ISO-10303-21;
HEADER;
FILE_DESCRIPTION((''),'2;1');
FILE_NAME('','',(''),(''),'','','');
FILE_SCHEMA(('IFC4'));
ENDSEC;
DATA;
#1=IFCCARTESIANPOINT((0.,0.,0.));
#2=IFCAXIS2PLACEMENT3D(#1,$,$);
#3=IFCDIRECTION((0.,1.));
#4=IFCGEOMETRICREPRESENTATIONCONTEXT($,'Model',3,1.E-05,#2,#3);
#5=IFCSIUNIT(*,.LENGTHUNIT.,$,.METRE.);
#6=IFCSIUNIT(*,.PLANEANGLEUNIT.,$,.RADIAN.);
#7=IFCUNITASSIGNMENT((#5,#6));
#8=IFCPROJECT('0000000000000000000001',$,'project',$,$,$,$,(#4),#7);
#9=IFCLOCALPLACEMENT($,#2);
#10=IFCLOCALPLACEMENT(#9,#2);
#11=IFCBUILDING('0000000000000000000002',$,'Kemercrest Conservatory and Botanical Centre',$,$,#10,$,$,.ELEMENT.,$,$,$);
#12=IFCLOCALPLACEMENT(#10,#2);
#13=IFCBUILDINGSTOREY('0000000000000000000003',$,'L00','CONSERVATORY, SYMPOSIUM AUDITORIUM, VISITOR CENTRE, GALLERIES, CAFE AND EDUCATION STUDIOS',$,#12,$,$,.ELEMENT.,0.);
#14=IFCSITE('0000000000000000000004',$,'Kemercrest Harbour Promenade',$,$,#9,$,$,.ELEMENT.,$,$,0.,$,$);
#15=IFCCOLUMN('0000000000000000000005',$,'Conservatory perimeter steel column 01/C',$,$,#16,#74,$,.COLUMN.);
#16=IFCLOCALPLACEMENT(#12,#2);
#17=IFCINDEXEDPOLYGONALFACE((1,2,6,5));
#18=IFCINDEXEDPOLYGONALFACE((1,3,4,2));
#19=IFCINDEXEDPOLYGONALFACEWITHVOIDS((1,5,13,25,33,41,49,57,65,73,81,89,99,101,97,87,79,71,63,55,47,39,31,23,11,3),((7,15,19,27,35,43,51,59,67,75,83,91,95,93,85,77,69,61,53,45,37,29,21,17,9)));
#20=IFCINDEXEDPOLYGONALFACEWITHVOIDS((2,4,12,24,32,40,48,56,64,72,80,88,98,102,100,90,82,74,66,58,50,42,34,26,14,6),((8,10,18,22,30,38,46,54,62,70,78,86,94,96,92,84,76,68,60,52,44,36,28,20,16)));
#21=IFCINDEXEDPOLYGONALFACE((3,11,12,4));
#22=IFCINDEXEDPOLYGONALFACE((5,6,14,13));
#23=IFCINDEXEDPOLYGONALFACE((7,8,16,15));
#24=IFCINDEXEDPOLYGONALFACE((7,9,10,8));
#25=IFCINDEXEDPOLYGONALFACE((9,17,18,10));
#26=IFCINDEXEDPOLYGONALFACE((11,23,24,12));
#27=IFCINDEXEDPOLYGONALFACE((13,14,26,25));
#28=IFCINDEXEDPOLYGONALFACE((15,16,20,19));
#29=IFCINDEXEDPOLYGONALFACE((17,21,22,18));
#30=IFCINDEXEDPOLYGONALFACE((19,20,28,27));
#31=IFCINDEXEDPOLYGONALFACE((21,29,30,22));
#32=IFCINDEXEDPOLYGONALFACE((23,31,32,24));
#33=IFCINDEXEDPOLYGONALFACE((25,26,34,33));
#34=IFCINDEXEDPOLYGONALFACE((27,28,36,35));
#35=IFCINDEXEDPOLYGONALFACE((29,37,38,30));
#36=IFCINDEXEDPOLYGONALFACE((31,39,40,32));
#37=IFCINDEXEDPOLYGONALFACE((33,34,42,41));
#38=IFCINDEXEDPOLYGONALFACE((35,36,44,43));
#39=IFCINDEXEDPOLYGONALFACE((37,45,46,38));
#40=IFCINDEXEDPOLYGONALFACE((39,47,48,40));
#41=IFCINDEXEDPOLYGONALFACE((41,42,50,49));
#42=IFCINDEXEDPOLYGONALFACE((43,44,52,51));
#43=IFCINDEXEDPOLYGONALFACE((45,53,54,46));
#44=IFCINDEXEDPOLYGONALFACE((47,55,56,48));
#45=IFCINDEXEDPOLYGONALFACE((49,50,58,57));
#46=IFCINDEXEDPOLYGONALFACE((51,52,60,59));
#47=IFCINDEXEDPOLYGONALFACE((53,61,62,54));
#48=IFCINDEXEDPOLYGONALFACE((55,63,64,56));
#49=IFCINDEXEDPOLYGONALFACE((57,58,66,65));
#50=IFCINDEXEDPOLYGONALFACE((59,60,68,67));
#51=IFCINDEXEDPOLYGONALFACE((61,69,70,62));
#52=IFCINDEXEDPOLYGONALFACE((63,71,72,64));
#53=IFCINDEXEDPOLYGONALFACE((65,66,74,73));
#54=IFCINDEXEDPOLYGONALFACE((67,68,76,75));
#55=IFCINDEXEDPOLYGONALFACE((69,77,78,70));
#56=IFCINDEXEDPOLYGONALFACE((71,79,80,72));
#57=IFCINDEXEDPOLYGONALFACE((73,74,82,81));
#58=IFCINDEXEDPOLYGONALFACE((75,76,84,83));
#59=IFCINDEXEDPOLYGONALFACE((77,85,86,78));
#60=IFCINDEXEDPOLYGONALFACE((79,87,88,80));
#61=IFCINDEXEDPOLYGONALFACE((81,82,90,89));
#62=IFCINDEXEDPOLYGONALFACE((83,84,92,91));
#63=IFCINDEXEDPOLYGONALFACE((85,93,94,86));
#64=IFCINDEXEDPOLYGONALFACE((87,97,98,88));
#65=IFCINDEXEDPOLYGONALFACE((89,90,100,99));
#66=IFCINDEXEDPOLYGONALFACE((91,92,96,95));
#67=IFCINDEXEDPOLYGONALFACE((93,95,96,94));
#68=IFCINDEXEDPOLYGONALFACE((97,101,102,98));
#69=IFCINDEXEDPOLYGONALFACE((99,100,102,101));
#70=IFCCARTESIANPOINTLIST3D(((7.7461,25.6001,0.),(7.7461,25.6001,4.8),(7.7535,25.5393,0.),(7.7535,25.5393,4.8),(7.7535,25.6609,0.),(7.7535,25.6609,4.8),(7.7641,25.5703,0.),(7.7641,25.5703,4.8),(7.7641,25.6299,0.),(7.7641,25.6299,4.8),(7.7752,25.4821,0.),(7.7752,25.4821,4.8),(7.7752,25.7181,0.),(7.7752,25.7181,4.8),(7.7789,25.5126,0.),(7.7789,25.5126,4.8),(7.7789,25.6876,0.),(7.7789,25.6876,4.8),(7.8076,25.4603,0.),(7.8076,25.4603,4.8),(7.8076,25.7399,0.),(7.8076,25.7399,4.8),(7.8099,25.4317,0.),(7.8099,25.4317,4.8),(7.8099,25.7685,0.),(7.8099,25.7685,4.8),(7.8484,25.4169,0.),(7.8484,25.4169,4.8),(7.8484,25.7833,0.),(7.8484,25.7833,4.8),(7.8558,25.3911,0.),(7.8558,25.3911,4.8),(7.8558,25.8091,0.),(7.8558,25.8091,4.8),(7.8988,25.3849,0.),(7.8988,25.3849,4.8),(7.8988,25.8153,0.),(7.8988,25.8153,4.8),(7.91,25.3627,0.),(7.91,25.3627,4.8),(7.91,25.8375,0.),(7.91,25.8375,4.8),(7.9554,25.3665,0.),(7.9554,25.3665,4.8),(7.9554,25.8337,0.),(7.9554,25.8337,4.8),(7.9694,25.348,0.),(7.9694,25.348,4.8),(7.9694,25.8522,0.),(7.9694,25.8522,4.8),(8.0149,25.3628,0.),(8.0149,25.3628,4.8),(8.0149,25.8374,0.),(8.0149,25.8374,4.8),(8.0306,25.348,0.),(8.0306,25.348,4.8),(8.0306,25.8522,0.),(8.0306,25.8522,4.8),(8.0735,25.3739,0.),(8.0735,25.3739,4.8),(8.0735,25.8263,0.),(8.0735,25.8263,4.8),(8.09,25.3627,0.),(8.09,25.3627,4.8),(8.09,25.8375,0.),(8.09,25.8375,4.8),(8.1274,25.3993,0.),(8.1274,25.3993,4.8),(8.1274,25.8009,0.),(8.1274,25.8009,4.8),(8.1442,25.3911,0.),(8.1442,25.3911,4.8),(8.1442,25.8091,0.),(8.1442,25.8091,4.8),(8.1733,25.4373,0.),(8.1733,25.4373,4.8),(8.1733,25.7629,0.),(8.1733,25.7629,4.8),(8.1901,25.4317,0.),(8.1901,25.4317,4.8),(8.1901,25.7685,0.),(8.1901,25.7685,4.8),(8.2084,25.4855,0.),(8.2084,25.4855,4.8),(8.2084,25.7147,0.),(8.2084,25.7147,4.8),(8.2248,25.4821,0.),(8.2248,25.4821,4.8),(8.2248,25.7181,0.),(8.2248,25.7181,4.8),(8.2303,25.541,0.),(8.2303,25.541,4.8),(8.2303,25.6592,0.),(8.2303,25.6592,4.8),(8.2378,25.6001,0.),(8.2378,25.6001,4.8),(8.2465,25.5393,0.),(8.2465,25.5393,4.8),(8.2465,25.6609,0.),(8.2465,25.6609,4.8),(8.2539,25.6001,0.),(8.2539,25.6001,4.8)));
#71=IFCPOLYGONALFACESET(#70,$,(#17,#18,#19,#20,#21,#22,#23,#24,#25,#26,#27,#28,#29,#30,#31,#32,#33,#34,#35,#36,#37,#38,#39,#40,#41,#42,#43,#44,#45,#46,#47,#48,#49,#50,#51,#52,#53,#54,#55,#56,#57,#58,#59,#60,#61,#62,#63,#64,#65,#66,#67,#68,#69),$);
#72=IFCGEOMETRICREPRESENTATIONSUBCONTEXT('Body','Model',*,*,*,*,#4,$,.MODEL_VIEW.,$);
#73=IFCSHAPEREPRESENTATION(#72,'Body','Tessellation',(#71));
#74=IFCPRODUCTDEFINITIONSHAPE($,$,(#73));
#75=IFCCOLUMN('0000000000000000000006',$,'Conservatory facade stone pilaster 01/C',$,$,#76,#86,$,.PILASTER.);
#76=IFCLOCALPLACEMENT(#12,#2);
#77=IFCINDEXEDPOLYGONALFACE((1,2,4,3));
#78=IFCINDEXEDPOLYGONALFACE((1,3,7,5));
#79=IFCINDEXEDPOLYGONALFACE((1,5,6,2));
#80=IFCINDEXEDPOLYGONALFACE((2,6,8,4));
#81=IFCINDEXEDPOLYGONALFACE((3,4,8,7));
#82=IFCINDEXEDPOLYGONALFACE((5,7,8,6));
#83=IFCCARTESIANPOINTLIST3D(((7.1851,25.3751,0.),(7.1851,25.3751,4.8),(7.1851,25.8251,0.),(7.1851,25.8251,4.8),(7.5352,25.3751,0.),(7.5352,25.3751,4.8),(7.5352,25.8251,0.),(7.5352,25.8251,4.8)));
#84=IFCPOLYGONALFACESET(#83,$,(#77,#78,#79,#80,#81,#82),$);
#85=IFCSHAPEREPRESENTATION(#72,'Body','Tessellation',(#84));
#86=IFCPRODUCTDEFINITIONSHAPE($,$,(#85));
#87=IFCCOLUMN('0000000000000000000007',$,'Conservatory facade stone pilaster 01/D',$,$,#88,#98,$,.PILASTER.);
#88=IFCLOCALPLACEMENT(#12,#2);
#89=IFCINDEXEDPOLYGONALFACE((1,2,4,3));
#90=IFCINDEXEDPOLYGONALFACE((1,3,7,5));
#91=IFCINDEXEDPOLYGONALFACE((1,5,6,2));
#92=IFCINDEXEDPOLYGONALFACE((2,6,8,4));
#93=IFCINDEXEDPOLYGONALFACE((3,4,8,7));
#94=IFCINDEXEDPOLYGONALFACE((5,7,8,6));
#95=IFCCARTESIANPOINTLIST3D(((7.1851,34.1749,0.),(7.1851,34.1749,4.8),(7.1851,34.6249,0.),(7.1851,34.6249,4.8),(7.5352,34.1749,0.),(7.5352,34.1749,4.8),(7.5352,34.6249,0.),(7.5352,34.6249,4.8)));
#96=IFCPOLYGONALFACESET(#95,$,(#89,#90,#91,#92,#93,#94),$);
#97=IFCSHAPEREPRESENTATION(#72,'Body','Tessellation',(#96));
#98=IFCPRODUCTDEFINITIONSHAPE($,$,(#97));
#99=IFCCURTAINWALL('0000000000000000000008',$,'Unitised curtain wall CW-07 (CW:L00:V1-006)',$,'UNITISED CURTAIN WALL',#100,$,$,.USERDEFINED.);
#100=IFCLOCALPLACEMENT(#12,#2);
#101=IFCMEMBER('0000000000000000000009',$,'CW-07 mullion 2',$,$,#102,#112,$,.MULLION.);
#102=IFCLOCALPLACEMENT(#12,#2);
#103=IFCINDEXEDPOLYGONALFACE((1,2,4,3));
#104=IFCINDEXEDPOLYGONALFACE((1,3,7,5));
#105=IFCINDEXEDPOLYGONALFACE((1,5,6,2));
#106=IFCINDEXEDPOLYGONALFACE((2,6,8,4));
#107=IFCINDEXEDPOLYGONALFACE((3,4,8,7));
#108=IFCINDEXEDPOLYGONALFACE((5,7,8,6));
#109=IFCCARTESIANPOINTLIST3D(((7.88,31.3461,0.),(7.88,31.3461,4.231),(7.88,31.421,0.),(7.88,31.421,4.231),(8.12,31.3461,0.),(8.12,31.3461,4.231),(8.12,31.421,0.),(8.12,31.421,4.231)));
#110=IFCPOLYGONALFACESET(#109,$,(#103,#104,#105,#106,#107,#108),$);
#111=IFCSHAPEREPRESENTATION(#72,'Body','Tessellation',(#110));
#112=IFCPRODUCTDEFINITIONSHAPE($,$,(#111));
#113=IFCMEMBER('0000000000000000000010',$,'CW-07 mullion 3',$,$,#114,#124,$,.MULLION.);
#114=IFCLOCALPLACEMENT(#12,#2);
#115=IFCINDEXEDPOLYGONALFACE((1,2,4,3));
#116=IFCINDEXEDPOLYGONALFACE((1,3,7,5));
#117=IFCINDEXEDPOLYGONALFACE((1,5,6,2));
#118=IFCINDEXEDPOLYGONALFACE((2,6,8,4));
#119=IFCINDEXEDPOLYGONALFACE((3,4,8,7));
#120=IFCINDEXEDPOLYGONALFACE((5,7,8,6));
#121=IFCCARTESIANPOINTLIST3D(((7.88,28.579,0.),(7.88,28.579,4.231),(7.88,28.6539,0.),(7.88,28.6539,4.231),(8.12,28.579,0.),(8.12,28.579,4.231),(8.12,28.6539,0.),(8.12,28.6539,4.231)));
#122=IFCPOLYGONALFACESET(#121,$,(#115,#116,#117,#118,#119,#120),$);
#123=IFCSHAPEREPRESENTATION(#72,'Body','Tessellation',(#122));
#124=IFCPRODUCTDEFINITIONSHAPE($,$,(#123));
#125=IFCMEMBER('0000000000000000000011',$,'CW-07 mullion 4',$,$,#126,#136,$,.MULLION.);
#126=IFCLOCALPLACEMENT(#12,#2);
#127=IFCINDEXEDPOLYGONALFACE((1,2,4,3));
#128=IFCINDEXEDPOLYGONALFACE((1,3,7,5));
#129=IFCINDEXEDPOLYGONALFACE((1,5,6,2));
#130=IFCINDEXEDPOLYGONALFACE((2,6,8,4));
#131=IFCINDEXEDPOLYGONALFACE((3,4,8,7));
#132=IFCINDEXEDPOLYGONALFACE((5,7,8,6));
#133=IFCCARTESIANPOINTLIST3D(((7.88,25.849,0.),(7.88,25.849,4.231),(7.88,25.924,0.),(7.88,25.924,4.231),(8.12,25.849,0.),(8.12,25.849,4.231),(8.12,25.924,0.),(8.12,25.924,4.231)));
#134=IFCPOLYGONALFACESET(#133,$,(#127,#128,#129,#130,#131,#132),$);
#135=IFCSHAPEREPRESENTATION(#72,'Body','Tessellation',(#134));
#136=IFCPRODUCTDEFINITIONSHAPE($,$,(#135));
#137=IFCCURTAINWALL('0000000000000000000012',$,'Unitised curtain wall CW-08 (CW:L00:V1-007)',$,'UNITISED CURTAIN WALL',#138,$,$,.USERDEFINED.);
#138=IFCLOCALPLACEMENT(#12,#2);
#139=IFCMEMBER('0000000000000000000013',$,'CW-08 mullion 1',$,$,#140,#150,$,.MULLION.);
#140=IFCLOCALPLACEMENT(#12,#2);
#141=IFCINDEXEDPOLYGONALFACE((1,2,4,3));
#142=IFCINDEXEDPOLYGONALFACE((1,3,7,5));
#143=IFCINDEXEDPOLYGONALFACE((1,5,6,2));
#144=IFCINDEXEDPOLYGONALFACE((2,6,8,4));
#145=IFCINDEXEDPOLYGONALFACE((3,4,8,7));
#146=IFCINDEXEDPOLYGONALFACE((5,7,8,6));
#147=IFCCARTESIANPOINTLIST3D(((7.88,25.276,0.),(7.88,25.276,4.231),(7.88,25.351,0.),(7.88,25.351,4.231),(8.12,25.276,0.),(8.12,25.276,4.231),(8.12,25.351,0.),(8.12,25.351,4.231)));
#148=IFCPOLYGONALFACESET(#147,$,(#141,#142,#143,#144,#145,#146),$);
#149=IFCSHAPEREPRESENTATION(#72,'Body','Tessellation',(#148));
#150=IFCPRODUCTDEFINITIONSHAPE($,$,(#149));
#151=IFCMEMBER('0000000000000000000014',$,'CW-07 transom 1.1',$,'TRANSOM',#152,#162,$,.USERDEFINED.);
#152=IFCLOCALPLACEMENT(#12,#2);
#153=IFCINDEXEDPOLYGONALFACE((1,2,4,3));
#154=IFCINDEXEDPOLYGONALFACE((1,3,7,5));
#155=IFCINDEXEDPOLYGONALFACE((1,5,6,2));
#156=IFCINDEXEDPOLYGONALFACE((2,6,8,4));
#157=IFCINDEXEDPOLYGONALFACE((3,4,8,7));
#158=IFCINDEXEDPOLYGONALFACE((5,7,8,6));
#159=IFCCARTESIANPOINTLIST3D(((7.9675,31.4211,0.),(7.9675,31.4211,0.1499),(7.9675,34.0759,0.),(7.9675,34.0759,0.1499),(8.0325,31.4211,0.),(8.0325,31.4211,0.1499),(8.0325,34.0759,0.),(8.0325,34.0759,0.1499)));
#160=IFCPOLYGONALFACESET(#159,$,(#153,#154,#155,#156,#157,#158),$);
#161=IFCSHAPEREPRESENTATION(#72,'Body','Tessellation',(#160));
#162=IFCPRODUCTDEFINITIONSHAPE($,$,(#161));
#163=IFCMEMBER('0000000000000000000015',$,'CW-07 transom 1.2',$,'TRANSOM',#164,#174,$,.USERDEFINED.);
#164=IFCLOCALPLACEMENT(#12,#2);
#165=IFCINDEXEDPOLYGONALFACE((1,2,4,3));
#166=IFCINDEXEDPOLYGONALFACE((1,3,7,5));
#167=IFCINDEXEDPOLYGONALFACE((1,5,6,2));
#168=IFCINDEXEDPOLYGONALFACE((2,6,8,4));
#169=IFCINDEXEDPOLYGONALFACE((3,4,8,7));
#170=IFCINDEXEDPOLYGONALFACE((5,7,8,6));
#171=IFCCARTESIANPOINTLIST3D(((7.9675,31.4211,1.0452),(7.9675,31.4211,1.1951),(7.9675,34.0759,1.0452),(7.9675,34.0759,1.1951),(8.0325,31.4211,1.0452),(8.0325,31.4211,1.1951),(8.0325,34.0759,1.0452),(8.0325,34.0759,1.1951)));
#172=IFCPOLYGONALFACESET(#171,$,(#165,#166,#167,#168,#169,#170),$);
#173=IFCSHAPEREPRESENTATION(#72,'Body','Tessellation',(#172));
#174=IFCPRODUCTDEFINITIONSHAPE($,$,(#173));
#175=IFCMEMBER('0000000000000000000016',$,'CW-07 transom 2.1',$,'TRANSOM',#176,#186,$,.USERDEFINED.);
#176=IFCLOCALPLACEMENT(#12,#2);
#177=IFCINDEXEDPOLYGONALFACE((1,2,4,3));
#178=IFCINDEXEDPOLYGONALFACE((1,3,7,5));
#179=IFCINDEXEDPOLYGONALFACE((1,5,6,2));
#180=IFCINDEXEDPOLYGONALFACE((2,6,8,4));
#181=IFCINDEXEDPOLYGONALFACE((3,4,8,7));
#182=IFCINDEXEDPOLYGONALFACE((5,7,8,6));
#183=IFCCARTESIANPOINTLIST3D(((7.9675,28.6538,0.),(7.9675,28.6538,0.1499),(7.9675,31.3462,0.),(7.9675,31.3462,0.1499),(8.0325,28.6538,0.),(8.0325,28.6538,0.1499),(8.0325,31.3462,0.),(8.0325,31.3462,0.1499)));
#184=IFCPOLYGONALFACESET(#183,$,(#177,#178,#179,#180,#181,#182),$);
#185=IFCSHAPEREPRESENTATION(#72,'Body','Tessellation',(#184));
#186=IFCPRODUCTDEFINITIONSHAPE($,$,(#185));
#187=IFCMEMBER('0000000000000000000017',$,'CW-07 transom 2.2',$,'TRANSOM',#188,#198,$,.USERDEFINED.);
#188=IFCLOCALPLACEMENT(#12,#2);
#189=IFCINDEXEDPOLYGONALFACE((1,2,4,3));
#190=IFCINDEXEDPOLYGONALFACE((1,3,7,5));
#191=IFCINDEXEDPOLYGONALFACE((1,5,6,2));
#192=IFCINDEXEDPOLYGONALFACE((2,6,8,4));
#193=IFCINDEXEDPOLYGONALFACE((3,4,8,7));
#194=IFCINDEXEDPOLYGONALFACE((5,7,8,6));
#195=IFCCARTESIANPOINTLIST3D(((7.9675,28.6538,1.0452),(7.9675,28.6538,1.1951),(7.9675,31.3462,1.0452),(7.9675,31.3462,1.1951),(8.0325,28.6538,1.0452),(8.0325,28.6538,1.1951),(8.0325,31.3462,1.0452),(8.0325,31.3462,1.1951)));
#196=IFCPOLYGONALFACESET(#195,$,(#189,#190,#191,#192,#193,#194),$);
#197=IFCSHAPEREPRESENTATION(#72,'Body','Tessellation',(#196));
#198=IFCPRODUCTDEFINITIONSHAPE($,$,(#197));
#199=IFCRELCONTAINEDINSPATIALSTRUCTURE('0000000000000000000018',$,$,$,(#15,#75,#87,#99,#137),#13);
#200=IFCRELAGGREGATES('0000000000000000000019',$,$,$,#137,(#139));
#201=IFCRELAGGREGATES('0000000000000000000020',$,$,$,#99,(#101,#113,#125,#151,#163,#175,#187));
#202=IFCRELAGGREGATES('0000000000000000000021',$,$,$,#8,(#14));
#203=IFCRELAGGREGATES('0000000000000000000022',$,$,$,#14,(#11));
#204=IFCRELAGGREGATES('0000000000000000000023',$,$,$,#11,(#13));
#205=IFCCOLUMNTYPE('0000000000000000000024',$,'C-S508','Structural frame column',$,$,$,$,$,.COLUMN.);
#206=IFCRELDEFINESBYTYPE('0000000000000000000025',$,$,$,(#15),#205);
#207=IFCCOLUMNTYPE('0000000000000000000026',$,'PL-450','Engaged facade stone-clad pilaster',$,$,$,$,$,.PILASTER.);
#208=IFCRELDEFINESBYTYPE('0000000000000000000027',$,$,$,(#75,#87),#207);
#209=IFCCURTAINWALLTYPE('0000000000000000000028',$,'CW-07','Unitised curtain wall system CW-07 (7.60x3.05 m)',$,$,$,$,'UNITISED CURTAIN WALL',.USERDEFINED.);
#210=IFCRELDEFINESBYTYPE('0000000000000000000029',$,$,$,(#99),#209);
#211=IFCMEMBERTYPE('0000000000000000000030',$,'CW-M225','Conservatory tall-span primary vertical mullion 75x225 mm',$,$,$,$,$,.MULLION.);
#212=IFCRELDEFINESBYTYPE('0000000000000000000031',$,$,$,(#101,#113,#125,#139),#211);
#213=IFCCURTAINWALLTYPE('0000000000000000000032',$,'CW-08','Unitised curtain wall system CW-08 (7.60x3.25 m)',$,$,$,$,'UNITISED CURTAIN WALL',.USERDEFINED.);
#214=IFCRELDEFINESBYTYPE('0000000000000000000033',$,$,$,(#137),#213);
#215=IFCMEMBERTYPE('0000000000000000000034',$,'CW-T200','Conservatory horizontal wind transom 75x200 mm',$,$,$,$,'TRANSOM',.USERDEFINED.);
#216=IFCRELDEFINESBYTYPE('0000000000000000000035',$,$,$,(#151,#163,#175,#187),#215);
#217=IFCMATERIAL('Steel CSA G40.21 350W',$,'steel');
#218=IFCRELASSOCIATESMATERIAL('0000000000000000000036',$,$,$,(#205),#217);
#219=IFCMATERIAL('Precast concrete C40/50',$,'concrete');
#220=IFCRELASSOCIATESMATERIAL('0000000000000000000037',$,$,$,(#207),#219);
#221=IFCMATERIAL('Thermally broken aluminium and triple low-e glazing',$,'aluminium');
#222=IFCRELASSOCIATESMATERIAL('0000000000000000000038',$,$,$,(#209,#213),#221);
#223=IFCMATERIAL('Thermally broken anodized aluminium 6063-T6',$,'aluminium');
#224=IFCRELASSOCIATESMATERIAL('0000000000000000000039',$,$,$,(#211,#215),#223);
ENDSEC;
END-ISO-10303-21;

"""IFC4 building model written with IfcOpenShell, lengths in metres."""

from ifc_helpers import new_model, si_unit, direction, frame, origin, origin_2d, place, context, subcontext, project, spatial, rectangle, hollow_circle, extrude, material, material_profile, profile_set, type_object, element, aggregate, save


model = new_model("IFC4")

# Units and contexts
model_context = context("Model", 3, precision=1e-05, world=origin(), true_north=direction((0.0, 1.0)))
body_context = subcontext(model_context, "Body", "Model", "MODEL_VIEW")
ifc_project = project(units=[si_unit("LENGTHUNIT", "METRE"), si_unit("PLANEANGLEUNIT", "RADIAN")], contexts=[model_context])

# Site, building, storey
site_placement = place(None, origin())
site = spatial("IfcSite", under=ifc_project, at=site_placement, Name="Kemercrest Harbour Promenade", CompositionType="ELEMENT", RefElevation=0.0)
building_placement = place(site_placement, origin())
building = spatial("IfcBuilding", under=site, at=building_placement, Name="Kemercrest Conservatory and Botanical Centre", CompositionType="ELEMENT")
storey_placement = place(building_placement, origin())
storey = spatial("IfcBuildingStorey", under=building, at=storey_placement, Name="L00", Description="CONSERVATORY, SYMPOSIUM AUDITORIUM, VISITOR CENTRE, GALLERIES, CAFE AND EDUCATION STUDIOS", CompositionType="ELEMENT", Elevation=0.0)

# Columns
ifc_material_1 = material(Name="Steel CSA G40.21 350W", Category="steel")
ifc_material_profile_1 = material_profile(ifc_material_1, hollow_circle(Radius=0.2539, WallThickness=0.0161, at=origin_2d()), Name="CHS 508.0x16.0")
ifc_profile_set_1 = profile_set([ifc_material_profile_1], Name="Steel CSA G40.21 350W")
column_type_1 = type_object("IfcColumnType", Name="C-S508", Description="Structural frame column", PredefinedType="COLUMN", material=ifc_profile_set_1)
column_placement = place(storey_placement, frame((8.0, 25.6001, 0.0), z_axis=(0.0, 0.0, 1.0), x_axis=(1.0, 0.0, 0.0)))
element("IfcColumn", 1, at=column_placement, inside=storey, type_object=column_type_1, Name="Conservatory perimeter steel column 01/C", PredefinedType="COLUMN", context=body_context, shape_type="SweptSolid", body=[
    extrude(hollow_circle(Radius=0.2539, WallThickness=0.0161, at=origin_2d()), origin(), (0.0, 0.0, 1.0), 4.8),
])
ifc_material_2 = material(Name="Precast concrete C40/50", Category="concrete")
ifc_material_profile_2 = material_profile(ifc_material_2, rectangle(XDim=0.3501, YDim=0.45, at=origin_2d()), Name="RC 450x350")
ifc_profile_set_2 = profile_set([ifc_material_profile_2], Name="Precast concrete C40/50")
column_type_2 = type_object("IfcColumnType", Name="PL-450", Description="Engaged facade stone-clad pilaster", PredefinedType="PILASTER", material=ifc_profile_set_2)
for number, where, z_axis, x_axis, name in (
    (2, (7.3601, 25.6001, 0.0), (0.0, 0.0, 1.0), (1.0, 0.0, 0.0), "Conservatory facade stone pilaster 01/C"),
    (3, (7.3601, 34.3999, 0.0), (0.0, 0.0, 1.0), (1.0, 0.0, 0.0), "Conservatory facade stone pilaster 01/D"),
):
    element("IfcColumn", number, at=place(storey_placement, frame(where, z_axis=z_axis, x_axis=x_axis)), inside=storey, type_object=column_type_2, Name=name, PredefinedType="PILASTER", context=body_context, shape_type="SweptSolid", body=[
        extrude(rectangle(XDim=0.3501, YDim=0.45, at=origin_2d()), origin(), (0.0, 0.0, 1.0), 4.8),
    ])

# Curtain wall, members
ifc_material_3 = material(Name="Thermally broken aluminium and triple low-e glazing", Category="aluminium")
curtain_wall_type_1 = type_object("IfcCurtainWallType", Name="CW-07", Description="Unitised curtain wall system CW-07 (7.60x3.05 m)", ElementType="UNITISED CURTAIN WALL", PredefinedType="USERDEFINED", material=ifc_material_3)
curtain_wall_1_placement = place(storey_placement, origin())
curtain_wall_1 = element("IfcCurtainWall", 4, at=curtain_wall_1_placement, inside=storey, type_object=curtain_wall_type_1, Name="Unitised curtain wall CW-07 (CW:L00:V1-006)", ObjectType="UNITISED CURTAIN WALL", PredefinedType="USERDEFINED")
ifc_material_4 = material(Name="Thermally broken anodized aluminium 6063-T6", Category="aluminium")
ifc_material_profile_3 = material_profile(ifc_material_4, rectangle(XDim=0.24, YDim=0.075, at=origin_2d()), Name="AL MULLION 75x240")
ifc_profile_set_3 = profile_set([ifc_material_profile_3], Name="Thermally broken anodized aluminium 6063-T6")
member_type_1 = type_object("IfcMemberType", Name="CW-M225", Description="Conservatory tall-span primary vertical mullion 75x225 mm", PredefinedType="MULLION", material=ifc_profile_set_3)
member_1_placement = place(storey_placement, frame((8.0, 31.3835, 0.0), z_axis=(0.0, 0.0, 1.0), x_axis=(1.0, 0.0, 0.0)))
member_1 = element("IfcMember", 5, at=member_1_placement, type_object=member_type_1, Name="CW-07 mullion 2", PredefinedType="MULLION", context=body_context, shape_type="SweptSolid", body=[
    extrude(rectangle(XDim=0.24, YDim=0.075, at=origin_2d()), origin(), (0.0, 0.0, 1.0), 4.231),
])
member_2_placement = place(storey_placement, frame((8.0, 28.6165, 0.0), z_axis=(0.0, 0.0, 1.0), x_axis=(1.0, 0.0, 0.0)))
member_2 = element("IfcMember", 6, at=member_2_placement, type_object=member_type_1, Name="CW-07 mullion 3", PredefinedType="MULLION", context=body_context, shape_type="SweptSolid", body=[
    extrude(rectangle(XDim=0.24, YDim=0.075, at=origin_2d()), origin(), (0.0, 0.0, 1.0), 4.231),
])
member_3_placement = place(storey_placement, frame((8.0, 25.8865, 0.0), z_axis=(0.0, 0.0, 1.0), x_axis=(1.0, 0.0, 0.0)))
member_3 = element("IfcMember", 7, at=member_3_placement, type_object=member_type_1, Name="CW-07 mullion 4", PredefinedType="MULLION", context=body_context, shape_type="SweptSolid", body=[
    extrude(rectangle(XDim=0.24, YDim=0.075, at=origin_2d()), origin(), (0.0, 0.0, 1.0), 4.231),
])

# Curtain wall, member
curtain_wall_type_2 = type_object("IfcCurtainWallType", Name="CW-08", Description="Unitised curtain wall system CW-08 (7.60x3.25 m)", ElementType="UNITISED CURTAIN WALL", PredefinedType="USERDEFINED", material=ifc_material_3)
curtain_wall_2_placement = place(storey_placement, origin())
curtain_wall_2 = element("IfcCurtainWall", 8, at=curtain_wall_2_placement, inside=storey, type_object=curtain_wall_type_2, Name="Unitised curtain wall CW-08 (CW:L00:V1-007)", ObjectType="UNITISED CURTAIN WALL", PredefinedType="USERDEFINED")
member_4_placement = place(storey_placement, frame((8.0, 25.3135, 0.0), z_axis=(0.0, 0.0, 1.0), x_axis=(1.0, 0.0, 0.0)))
member_4 = element("IfcMember", 9, at=member_4_placement, type_object=member_type_1, Name="CW-08 mullion 1", PredefinedType="MULLION", context=body_context, shape_type="SweptSolid", body=[
    extrude(rectangle(XDim=0.24, YDim=0.075, at=origin_2d()), origin(), (0.0, 0.0, 1.0), 4.231),
])

# Members
ifc_material_profile_4 = material_profile(ifc_material_4, rectangle(XDim=0.0649, YDim=0.1499, at=origin_2d()), Name="AL TRANSOM 65x150")
ifc_profile_set_4 = profile_set([ifc_material_profile_4], Name="Thermally broken anodized aluminium 6063-T6")
member_type_2 = type_object("IfcMemberType", Name="CW-T200", Description="Conservatory horizontal wind transom 75x200 mm", ElementType="TRANSOM", PredefinedType="USERDEFINED", material=ifc_profile_set_4)
member_5_placement = place(storey_placement, frame((8.0, 34.0759, 0.075), z_axis=(0.0, -1.0, 0.0), x_axis=(1.0, 0.0, 0.0)))
member_5 = element("IfcMember", 10, at=member_5_placement, type_object=member_type_2, Name="CW-07 transom 1.1", ObjectType="TRANSOM", PredefinedType="USERDEFINED", context=body_context, shape_type="SweptSolid", body=[
    extrude(rectangle(XDim=0.0649, YDim=0.1499, at=origin_2d()), origin(), (0.0, 0.0, 1.0), 2.6548),
])
member_6_placement = place(storey_placement, frame((8.0, 34.0759, 1.1201), z_axis=(0.0, -1.0, 0.0), x_axis=(1.0, 0.0, 0.0)))
member_6 = element("IfcMember", 11, at=member_6_placement, type_object=member_type_2, Name="CW-07 transom 1.2", ObjectType="TRANSOM", PredefinedType="USERDEFINED", context=body_context, shape_type="SweptSolid", body=[
    extrude(rectangle(XDim=0.0649, YDim=0.1499, at=origin_2d()), origin(), (0.0, 0.0, 1.0), 2.6548),
])
member_7_placement = place(storey_placement, frame((8.0, 31.3462, 0.075), z_axis=(0.0, -1.0, 0.0), x_axis=(1.0, 0.0, 0.0)))
member_7 = element("IfcMember", 12, at=member_7_placement, type_object=member_type_2, Name="CW-07 transom 2.1", ObjectType="TRANSOM", PredefinedType="USERDEFINED", context=body_context, shape_type="SweptSolid", body=[
    extrude(rectangle(XDim=0.0649, YDim=0.1499, at=origin_2d()), origin(), (0.0, 0.0, 1.0), 2.6924),
])
member_8_placement = place(storey_placement, frame((8.0, 31.3462, 1.1201), z_axis=(0.0, -1.0, 0.0), x_axis=(1.0, 0.0, 0.0)))
member_8 = element("IfcMember", 13, at=member_8_placement, type_object=member_type_2, Name="CW-07 transom 2.2", ObjectType="TRANSOM", PredefinedType="USERDEFINED", context=body_context, shape_type="SweptSolid", body=[
    extrude(rectangle(XDim=0.0649, YDim=0.1499, at=origin_2d()), origin(), (0.0, 0.0, 1.0), 2.6924),
])
aggregate(curtain_wall_2, [member_4])

aggregate(curtain_wall_1, [member_1, member_2, member_3, member_5, member_6, member_7, member_8])

save(model, "model.ifc")
